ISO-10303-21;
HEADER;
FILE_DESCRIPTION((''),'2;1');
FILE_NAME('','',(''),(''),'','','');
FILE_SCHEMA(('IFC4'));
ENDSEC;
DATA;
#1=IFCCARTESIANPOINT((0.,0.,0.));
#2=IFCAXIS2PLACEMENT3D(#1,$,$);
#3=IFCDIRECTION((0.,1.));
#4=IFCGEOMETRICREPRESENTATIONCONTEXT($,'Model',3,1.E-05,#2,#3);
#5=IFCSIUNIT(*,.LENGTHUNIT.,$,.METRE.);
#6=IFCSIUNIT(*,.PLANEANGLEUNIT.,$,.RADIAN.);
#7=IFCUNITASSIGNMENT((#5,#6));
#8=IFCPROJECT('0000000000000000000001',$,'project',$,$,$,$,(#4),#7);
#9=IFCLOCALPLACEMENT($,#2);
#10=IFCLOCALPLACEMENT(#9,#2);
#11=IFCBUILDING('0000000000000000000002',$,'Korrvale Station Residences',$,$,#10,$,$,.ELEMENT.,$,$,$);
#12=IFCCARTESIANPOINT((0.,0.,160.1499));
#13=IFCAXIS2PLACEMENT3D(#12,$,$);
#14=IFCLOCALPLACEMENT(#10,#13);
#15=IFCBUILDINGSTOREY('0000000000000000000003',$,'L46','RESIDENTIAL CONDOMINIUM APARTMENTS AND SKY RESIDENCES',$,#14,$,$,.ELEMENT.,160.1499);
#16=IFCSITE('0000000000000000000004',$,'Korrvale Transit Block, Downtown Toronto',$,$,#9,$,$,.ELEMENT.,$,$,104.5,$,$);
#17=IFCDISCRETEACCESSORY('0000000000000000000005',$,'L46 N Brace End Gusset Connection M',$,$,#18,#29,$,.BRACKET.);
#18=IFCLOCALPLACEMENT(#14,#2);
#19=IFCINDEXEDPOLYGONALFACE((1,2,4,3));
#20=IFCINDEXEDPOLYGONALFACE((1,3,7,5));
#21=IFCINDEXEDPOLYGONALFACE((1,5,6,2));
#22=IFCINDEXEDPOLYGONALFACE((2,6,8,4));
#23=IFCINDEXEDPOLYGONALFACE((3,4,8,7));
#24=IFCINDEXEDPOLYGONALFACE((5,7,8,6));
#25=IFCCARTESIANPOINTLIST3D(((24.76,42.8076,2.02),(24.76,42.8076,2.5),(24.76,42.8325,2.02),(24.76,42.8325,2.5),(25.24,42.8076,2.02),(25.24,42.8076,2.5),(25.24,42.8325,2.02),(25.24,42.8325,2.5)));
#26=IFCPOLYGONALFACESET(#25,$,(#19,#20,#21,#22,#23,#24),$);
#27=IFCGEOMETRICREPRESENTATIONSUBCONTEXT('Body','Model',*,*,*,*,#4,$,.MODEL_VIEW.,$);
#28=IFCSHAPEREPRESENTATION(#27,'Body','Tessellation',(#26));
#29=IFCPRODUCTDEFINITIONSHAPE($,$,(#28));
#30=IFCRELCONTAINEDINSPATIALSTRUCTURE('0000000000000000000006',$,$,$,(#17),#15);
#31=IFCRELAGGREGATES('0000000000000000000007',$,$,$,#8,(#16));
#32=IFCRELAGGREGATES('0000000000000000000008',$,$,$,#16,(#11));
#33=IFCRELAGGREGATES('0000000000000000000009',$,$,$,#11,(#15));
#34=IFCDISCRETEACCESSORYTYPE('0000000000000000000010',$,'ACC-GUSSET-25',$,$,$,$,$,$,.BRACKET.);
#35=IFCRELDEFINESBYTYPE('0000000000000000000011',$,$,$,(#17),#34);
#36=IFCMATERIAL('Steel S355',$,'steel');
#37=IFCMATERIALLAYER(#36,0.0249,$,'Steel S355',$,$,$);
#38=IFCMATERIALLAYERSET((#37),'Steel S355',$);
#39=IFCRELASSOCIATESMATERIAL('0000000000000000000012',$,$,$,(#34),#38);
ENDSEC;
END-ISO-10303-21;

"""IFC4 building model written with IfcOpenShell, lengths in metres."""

from ifc_helpers import new_model, si_unit, direction, frame, origin, origin_2d, place, context, subcontext, project, spatial, rectangle, extrude, material, layer, layer_set, type_object, element, save


model = new_model("IFC4")

# Units and contexts
model_context = context("Model", 3, precision=1e-05, world=origin(), true_north=direction((0.0, 1.0)))
body_context = subcontext(model_context, "Body", "Model", "MODEL_VIEW")
ifc_project = project(units=[si_unit("LENGTHUNIT", "METRE"), si_unit("PLANEANGLEUNIT", "RADIAN")], contexts=[model_context])

# Site, building, storey
site_placement = place(None, origin())
site = spatial("IfcSite", under=ifc_project, at=site_placement, Name="Korrvale Transit Block, Downtown Toronto", CompositionType="ELEMENT", RefElevation=104.5)
building_placement = place(site_placement, origin())
building = spatial("IfcBuilding", under=site, at=building_placement, Name="Korrvale Station Residences", CompositionType="ELEMENT")
storey_placement = place(building_placement, frame((0.0, 0.0, 160.1499)))
storey = spatial("IfcBuildingStorey", under=building, at=storey_placement, Name="L46", Description="RESIDENTIAL CONDOMINIUM APARTMENTS AND SKY RESIDENCES", CompositionType="ELEMENT", Elevation=160.1499)

# Shared definitions
ifc_material_1 = material(Name="Steel S355", Category="steel")

# Discrete accessory
ifc_layer_1 = layer(ifc_material_1, 0.0249, Name="Steel S355")
ifc_layer_set_1 = layer_set([ifc_layer_1], Name="Steel S355")
discrete_accessory_type = type_object("IfcDiscreteAccessoryType", Name="ACC-GUSSET-25", PredefinedType="BRACKET", material=ifc_layer_set_1)
for number, where, z_axis, x_axis, name in (
    (1, (25.0, 42.8201, 2.02), (0.0, 0.0, 1.0), (1.0, 0.0, 0.0), "L46 N Brace End Gusset Connection M"),
):
    element("IfcDiscreteAccessory", number, at=place(storey_placement, frame(where, z_axis=z_axis, x_axis=x_axis)), inside=storey, type_object=discrete_accessory_type, Name=name, PredefinedType="BRACKET", context=body_context, shape_type="SweptSolid", body=[
        extrude(rectangle(XDim=0.48, YDim=0.0249, at=origin_2d()), origin(), (0.0, 0.0, 1.0), 0.48),
    ])

save(model, "model.ifc")
